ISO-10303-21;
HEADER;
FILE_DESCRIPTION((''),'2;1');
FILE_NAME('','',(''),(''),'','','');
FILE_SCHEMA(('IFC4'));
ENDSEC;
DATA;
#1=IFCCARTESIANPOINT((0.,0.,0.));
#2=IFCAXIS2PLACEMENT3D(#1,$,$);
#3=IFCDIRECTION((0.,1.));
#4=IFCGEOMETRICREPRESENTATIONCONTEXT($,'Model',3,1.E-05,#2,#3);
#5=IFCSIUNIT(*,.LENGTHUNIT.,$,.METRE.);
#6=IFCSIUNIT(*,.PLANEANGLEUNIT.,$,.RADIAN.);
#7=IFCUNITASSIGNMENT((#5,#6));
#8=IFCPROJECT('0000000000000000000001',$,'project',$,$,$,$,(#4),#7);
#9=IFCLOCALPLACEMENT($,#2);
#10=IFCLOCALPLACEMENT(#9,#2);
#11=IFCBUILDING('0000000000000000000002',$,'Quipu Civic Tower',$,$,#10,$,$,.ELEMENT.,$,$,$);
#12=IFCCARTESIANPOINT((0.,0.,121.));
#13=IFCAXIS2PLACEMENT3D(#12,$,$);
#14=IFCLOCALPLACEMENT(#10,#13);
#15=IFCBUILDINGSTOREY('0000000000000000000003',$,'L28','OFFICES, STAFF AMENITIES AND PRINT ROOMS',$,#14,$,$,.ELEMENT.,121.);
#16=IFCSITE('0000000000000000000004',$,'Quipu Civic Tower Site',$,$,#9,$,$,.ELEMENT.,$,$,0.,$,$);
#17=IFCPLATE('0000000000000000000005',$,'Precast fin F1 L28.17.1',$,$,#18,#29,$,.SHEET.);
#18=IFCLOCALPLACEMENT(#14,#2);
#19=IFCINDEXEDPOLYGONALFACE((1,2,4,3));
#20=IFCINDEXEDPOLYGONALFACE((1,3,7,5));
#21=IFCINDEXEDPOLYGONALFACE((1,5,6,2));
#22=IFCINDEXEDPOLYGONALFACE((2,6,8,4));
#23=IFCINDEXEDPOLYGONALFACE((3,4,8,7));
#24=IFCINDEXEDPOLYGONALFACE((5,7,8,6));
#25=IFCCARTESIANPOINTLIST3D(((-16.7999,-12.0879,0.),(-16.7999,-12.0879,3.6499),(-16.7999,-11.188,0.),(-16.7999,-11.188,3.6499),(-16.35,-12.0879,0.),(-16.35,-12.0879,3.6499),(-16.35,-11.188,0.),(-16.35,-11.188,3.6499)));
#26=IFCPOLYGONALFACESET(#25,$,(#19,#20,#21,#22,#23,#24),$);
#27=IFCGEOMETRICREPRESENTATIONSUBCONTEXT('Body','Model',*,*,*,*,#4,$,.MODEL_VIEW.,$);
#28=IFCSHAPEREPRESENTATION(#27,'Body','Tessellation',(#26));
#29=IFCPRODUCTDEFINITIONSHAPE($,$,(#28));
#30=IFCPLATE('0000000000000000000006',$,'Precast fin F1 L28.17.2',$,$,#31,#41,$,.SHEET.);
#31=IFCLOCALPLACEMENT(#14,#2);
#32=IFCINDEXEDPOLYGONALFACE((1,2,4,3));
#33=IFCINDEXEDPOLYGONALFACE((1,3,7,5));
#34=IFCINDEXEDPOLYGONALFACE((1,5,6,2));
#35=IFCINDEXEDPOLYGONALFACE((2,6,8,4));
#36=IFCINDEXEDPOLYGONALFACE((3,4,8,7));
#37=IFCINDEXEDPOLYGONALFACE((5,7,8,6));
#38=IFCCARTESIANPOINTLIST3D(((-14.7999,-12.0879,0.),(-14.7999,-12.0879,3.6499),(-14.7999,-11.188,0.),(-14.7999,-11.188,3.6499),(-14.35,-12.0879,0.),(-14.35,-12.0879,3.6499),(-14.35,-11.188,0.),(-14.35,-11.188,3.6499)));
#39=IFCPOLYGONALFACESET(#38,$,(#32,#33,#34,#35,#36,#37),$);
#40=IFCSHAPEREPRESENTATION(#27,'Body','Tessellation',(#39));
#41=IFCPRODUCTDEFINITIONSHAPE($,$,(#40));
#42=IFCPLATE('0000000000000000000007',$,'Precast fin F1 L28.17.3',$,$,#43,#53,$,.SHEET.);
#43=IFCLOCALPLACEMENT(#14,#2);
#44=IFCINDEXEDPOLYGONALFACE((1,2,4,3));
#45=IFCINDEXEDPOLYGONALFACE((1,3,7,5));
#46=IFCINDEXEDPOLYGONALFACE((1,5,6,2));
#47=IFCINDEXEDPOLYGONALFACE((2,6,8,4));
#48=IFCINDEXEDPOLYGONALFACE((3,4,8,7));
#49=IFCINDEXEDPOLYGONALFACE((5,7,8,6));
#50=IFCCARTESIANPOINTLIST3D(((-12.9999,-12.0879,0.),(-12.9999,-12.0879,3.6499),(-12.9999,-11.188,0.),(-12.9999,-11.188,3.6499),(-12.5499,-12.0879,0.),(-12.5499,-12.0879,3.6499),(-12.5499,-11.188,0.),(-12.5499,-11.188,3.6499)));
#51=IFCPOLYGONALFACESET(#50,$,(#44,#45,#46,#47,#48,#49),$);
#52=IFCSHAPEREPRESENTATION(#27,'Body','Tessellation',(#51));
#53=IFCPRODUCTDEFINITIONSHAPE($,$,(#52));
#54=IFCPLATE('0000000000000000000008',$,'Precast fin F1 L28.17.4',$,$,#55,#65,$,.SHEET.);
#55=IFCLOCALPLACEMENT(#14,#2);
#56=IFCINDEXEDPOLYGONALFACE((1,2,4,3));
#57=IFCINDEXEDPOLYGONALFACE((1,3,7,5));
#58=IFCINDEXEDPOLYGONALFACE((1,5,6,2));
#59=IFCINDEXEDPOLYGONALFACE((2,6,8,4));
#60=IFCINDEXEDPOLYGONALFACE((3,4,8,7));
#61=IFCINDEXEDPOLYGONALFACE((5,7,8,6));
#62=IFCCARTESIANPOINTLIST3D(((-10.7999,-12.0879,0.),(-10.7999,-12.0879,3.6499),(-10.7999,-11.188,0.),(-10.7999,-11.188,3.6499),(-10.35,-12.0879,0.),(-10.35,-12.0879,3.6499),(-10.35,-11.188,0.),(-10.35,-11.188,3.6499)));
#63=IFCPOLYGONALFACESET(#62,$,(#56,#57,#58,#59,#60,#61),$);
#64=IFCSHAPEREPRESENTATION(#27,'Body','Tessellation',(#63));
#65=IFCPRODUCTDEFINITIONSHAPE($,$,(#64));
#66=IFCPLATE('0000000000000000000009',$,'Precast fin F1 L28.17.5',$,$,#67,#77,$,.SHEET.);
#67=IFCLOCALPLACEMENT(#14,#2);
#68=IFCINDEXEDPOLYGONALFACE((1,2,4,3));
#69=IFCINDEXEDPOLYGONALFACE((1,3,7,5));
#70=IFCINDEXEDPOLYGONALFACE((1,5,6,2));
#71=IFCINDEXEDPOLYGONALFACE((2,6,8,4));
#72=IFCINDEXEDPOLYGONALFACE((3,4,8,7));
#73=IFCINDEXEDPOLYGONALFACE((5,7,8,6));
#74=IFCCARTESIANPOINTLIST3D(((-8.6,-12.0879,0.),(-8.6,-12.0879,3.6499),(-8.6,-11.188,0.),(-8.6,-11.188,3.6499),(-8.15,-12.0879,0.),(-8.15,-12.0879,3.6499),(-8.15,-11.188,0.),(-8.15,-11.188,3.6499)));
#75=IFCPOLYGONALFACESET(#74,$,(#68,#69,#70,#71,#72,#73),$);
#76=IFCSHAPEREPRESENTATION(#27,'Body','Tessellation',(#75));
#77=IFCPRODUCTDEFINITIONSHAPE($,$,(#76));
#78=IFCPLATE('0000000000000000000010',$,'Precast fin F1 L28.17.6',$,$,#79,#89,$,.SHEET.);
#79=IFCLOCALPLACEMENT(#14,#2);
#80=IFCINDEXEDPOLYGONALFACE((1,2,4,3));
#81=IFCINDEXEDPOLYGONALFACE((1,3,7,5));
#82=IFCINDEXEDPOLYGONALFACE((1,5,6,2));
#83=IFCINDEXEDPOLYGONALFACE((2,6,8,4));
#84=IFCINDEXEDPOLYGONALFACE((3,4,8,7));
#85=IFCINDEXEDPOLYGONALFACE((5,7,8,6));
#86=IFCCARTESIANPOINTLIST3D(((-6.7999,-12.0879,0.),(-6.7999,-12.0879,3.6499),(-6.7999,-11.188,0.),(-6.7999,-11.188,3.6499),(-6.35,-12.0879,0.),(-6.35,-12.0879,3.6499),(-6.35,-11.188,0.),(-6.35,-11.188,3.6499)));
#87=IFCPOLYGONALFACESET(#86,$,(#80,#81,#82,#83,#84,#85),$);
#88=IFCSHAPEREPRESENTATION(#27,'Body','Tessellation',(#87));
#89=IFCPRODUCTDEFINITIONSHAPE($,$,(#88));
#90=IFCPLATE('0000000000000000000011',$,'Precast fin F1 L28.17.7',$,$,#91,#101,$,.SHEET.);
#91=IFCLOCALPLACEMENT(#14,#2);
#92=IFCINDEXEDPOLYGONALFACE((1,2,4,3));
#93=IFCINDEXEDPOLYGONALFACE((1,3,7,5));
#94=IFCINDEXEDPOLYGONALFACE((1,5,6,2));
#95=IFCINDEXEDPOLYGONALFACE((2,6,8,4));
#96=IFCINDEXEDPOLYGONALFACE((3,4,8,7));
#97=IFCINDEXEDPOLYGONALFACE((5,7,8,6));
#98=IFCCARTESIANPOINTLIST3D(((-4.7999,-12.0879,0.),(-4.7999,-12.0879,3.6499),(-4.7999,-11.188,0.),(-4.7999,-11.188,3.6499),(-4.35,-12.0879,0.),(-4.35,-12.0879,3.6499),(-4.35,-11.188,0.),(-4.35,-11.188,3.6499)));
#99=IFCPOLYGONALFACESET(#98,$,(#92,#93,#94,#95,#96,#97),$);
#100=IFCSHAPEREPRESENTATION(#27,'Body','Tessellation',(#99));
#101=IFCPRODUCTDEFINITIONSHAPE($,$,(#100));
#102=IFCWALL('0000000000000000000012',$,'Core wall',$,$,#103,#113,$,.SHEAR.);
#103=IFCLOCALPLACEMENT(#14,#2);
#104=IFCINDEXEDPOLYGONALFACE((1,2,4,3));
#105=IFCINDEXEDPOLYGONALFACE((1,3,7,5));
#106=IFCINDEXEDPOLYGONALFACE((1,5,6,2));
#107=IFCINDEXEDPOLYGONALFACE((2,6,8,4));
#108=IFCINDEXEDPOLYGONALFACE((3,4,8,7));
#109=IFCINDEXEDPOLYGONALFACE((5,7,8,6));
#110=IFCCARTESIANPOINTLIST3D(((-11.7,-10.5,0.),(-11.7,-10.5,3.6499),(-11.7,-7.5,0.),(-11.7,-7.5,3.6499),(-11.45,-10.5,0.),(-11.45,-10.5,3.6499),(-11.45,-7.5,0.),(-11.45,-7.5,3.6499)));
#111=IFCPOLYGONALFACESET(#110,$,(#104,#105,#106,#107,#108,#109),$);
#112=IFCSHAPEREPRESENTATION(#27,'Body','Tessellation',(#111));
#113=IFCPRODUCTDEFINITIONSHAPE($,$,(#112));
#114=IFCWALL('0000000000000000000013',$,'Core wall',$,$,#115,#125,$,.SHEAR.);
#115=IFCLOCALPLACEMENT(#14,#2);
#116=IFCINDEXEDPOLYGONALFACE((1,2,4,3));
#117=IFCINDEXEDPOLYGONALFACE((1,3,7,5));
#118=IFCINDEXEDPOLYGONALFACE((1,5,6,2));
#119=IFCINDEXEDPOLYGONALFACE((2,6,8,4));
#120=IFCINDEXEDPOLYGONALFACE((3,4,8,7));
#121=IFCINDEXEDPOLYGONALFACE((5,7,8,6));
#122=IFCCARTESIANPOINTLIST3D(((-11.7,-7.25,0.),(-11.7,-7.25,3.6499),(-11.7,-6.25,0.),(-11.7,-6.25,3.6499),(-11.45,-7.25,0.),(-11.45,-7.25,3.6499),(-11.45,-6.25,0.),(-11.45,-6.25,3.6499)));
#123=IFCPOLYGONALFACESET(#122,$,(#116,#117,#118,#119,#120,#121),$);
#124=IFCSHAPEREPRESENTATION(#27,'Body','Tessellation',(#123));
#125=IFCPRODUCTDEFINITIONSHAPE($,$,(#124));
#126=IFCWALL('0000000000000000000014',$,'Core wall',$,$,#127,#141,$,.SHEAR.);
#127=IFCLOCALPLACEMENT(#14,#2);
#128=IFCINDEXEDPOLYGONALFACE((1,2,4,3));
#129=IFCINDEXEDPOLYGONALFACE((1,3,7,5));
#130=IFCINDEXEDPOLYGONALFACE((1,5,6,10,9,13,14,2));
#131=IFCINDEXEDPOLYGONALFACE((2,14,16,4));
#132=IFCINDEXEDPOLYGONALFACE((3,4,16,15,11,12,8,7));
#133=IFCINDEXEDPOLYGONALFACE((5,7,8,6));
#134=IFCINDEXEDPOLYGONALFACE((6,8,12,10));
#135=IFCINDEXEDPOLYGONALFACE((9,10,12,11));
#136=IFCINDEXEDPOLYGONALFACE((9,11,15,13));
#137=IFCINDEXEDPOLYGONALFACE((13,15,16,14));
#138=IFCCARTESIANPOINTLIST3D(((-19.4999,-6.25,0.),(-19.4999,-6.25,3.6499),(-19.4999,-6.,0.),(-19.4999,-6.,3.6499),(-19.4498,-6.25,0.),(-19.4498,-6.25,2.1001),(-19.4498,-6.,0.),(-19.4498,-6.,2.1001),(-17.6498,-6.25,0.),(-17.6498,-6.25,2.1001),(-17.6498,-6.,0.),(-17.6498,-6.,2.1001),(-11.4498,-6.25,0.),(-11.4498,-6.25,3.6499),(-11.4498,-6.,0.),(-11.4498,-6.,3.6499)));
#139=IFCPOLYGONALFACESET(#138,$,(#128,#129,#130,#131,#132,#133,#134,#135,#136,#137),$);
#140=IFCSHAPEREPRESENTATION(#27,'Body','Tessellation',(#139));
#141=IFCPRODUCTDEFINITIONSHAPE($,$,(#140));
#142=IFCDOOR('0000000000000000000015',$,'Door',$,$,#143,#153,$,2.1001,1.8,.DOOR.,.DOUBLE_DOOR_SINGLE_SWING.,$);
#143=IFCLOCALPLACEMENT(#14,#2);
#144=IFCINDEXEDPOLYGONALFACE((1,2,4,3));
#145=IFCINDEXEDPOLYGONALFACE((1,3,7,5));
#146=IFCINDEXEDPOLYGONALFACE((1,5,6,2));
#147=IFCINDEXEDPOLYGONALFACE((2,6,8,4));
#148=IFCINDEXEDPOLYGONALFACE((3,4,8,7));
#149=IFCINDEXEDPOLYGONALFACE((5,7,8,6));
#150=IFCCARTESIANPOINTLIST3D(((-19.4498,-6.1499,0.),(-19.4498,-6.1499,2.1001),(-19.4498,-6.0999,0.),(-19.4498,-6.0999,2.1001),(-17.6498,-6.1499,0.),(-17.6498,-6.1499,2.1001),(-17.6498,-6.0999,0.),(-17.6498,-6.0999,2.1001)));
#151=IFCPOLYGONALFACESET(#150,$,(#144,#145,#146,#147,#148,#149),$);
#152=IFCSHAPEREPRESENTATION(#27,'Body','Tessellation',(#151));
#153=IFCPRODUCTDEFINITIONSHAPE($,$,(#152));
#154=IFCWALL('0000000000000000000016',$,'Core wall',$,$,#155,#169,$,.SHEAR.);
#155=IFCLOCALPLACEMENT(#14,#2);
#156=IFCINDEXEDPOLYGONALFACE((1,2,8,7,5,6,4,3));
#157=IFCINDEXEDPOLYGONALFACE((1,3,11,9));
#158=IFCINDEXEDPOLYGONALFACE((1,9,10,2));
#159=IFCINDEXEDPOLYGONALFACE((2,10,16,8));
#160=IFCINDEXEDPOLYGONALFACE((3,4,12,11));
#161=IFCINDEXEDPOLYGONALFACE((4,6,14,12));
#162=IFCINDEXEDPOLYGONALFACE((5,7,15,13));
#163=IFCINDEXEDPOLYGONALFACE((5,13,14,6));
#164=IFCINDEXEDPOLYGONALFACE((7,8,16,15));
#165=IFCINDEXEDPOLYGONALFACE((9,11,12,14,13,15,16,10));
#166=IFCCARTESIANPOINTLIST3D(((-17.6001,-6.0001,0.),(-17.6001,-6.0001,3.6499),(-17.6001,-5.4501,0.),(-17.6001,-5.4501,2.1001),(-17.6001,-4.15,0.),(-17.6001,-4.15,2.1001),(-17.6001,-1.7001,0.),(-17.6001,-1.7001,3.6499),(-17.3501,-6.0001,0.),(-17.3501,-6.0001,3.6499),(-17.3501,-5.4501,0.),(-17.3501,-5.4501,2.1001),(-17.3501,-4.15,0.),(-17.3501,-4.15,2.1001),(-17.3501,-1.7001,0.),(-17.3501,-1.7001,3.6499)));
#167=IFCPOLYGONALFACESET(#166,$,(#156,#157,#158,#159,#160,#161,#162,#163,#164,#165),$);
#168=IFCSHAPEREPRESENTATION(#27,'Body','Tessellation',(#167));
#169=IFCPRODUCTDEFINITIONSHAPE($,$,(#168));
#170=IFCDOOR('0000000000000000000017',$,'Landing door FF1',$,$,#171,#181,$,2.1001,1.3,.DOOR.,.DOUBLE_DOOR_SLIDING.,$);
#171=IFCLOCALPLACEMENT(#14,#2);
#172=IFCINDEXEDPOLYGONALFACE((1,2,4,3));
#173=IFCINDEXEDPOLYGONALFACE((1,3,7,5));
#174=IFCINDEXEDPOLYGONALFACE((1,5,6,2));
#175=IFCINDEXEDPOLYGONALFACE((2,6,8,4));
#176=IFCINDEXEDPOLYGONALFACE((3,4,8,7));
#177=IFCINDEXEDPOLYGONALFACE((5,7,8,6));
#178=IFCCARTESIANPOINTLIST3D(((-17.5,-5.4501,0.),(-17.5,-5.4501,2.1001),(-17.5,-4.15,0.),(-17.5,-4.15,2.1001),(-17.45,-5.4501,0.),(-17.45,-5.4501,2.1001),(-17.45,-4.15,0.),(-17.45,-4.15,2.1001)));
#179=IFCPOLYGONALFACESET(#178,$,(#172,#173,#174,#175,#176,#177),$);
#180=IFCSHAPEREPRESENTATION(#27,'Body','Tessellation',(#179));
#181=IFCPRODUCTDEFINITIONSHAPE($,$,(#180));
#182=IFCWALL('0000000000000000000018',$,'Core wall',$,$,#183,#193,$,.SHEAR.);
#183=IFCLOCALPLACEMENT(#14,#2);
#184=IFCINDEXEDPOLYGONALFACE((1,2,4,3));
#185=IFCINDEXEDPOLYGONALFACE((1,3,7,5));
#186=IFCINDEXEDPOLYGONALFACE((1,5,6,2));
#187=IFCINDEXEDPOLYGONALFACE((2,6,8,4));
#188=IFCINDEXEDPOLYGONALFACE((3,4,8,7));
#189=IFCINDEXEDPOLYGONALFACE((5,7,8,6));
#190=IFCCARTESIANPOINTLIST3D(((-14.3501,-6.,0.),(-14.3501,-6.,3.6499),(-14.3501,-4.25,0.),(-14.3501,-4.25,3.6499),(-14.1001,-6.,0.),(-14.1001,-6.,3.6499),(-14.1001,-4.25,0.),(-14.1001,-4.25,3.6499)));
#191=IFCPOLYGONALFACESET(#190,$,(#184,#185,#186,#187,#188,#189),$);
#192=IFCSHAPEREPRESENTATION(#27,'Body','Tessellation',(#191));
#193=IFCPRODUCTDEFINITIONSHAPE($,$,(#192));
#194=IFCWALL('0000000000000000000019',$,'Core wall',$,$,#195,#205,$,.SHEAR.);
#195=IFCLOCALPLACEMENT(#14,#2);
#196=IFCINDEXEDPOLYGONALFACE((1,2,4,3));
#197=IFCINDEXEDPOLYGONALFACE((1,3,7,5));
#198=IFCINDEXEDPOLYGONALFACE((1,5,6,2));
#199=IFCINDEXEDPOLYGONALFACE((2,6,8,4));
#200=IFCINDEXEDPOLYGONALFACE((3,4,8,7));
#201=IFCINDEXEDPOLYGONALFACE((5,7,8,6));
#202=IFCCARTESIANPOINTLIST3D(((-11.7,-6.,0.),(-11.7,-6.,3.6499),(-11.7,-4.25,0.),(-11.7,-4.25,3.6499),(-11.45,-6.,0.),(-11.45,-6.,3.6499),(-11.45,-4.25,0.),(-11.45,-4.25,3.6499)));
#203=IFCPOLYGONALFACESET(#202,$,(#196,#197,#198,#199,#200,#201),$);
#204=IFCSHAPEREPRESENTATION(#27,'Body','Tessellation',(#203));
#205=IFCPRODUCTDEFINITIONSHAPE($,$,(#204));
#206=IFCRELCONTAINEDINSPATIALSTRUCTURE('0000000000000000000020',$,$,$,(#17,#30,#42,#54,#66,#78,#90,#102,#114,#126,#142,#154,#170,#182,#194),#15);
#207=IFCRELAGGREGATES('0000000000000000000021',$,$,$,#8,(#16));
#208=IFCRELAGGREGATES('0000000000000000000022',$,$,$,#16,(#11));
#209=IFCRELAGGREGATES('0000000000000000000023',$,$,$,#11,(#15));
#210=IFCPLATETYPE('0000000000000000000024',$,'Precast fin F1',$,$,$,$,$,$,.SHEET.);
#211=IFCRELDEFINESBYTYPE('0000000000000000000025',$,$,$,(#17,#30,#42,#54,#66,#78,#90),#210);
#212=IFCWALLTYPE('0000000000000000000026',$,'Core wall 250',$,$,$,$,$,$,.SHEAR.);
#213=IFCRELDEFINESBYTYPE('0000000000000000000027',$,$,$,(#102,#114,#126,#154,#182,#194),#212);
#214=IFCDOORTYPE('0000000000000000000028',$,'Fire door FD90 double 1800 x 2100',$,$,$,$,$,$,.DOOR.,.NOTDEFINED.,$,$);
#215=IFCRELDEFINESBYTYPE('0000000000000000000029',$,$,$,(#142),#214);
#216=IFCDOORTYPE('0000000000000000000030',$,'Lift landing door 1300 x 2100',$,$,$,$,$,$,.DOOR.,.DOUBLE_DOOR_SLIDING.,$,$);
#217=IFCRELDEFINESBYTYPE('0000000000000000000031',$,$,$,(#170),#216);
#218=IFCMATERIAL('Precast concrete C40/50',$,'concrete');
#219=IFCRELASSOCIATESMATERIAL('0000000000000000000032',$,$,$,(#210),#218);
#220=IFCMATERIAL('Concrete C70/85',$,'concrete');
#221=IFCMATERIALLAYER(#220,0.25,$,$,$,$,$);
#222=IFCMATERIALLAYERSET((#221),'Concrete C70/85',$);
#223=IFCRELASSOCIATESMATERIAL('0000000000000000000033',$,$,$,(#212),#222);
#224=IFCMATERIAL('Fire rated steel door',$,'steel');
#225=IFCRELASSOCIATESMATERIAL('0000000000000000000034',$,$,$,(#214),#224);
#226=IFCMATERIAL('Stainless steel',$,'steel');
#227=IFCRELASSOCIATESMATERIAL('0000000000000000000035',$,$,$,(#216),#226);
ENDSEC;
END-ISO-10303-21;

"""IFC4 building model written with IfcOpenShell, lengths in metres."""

from ifc_helpers import new_model, si_unit, direction, frame, frame_2d, origin, origin_2d, place, context, subcontext, project, spatial, rectangle, extrude, material, layer, layer_set, type_object, element, fill, save


model = new_model("IFC4")

# Units and contexts
model_context = context("Model", 3, precision=1e-05, world=origin(), true_north=direction((0.0, 1.0)))
body_context = subcontext(model_context, "Body", "Model", "MODEL_VIEW")
ifc_project = project(units=[si_unit("LENGTHUNIT", "METRE"), si_unit("PLANEANGLEUNIT", "RADIAN")], contexts=[model_context])

# Site, building, storey
site_placement = place(None, origin())
site = spatial("IfcSite", under=ifc_project, at=site_placement, Name="Quipu Civic Tower Site", CompositionType="ELEMENT", RefElevation=0.0)
building_placement = place(site_placement, origin())
building = spatial("IfcBuilding", under=site, at=building_placement, Name="Quipu Civic Tower", CompositionType="ELEMENT")
storey_placement = place(building_placement, frame((0.0, 0.0, 121.0)))
storey = spatial("IfcBuildingStorey", under=building, at=storey_placement, Name="L28", Description="OFFICES, STAFF AMENITIES AND PRINT ROOMS", CompositionType="ELEMENT", Elevation=121.0)

# Plates
ifc_material_1 = material(Name="Precast concrete C40/50", Category="concrete")
plate_type = type_object("IfcPlateType", Name="Precast fin F1", PredefinedType="SHEET", material=ifc_material_1)
for number, where, z_axis, x_axis, name in (
    (1, (-16.575, -11.6379, 0.0), (0.0, 0.0, 1.0), (1.0, 0.0, 0.0), "Precast fin F1 L28.17.1"),
    (2, (-14.575, -11.6379, 0.0), (0.0, 0.0, 1.0), (1.0, 0.0, 0.0), "Precast fin F1 L28.17.2"),
    (3, (-12.7749, -11.6379, 0.0), (0.0, 0.0, 1.0), (1.0, 0.0, 0.0), "Precast fin F1 L28.17.3"),
    (4, (-10.575, -11.6379, 0.0), (0.0, 0.0, 1.0), (1.0, 0.0, 0.0), "Precast fin F1 L28.17.4"),
    (5, (-8.375, -11.6379, 0.0), (0.0, 0.0, 1.0), (1.0, 0.0, 0.0), "Precast fin F1 L28.17.5"),
    (6, (-6.575, -11.6379, 0.0), (0.0, 0.0, 1.0), (1.0, 0.0, 0.0), "Precast fin F1 L28.17.6"),
    (7, (-4.575, -11.6379, 0.0), (0.0, 0.0, 1.0), (1.0, 0.0, 0.0), "Precast fin F1 L28.17.7"),
):
    element("IfcPlate", number, at=place(storey_placement, frame(where, z_axis=z_axis, x_axis=x_axis)), inside=storey, type_object=plate_type, Name=name, PredefinedType="SHEET", context=body_context, shape_type="SweptSolid", body=[
        extrude(rectangle(XDim=0.45, YDim=0.8999, at=origin_2d()), origin(), (0.0, 0.0, 1.0), 3.6499),
    ])

# Walls
ifc_material_2 = material(Name="Concrete C70/85", Category="concrete")
ifc_layer_1 = layer(ifc_material_2, 0.25)
ifc_layer_set_1 = layer_set([ifc_layer_1], Name="Concrete C70/85")
wall_type_1 = type_object("IfcWallType", Name="Core wall 250", PredefinedType="SHEAR", material=ifc_layer_set_1)
wall_1_placement = place(storey_placement, frame((-11.575, -10.5, 0.0), z_axis=(0.0, 0.0, 1.0), x_axis=(0.0, 1.0, 0.0)))
element("IfcWall", 8, at=wall_1_placement, inside=storey, type_object=wall_type_1, Name="Core wall", PredefinedType="SHEAR", context=body_context, shape_type="SweptSolid", body=[
    extrude(rectangle(XDim=3.0, YDim=0.25, at=frame_2d((1.5, 0.0))), origin(), (0.0, 0.0, 1.0), 3.6499),
])
wall_2_placement = place(storey_placement, frame((-11.575, -7.25, 0.0), z_axis=(0.0, 0.0, 1.0), x_axis=(0.0, 1.0, 0.0)))
element("IfcWall", 9, at=wall_2_placement, inside=storey, type_object=wall_type_1, Name="Core wall", PredefinedType="SHEAR", context=body_context, shape_type="SweptSolid", body=[
    extrude(rectangle(XDim=1.0, YDim=0.25, at=frame_2d((0.5, 0.0))), origin(), (0.0, 0.0, 1.0), 3.6499),
])

# Walls, openings, doors
wall_3_placement = place(storey_placement, frame((-11.45, -6.125, 0.0), z_axis=(0.0, 0.0, 1.0), x_axis=(-1.0, 0.0, 0.0)))
wall_3 = element("IfcWall", 10, at=wall_3_placement, inside=storey, type_object=wall_type_1, Name="Core wall", PredefinedType="SHEAR", context=body_context, shape_type="SweptSolid", body=[
    extrude(rectangle(XDim=8.05, YDim=0.25, at=frame_2d((4.0249, 0.0))), origin(), (0.0, 0.0, 1.0), 3.6499),
])
opening_1_placement = place(wall_3_placement, frame((6.2, 0.0, 0.0)))
opening_1 = element("IfcOpeningElement", 11, at=opening_1_placement, cuts=wall_3, PredefinedType="OPENING", context=body_context, shape_type="SweptSolid", body=[
    extrude(rectangle(XDim=1.8, YDim=2.1001, at=frame_2d((0.8999, 1.05))), frame((0.0, 0.135, 0.0), z_axis=(0.0, -1.0, 0.0), x_axis=(1.0, 0.0, 0.0)), (0.0, 0.0, 1.0), 0.27),
])
ifc_material_3 = material(Name="Fire rated steel door", Category="steel")
door_type_1 = type_object("IfcDoorType", Name="Fire door FD90 double 1800 x 2100", OperationType="NOTDEFINED", PredefinedType="DOOR", material=ifc_material_3)
door_1_placement = place(opening_1_placement, origin())
door_1 = element("IfcDoor", 12, at=door_1_placement, inside=storey, type_object=door_type_1, Name="Door", OperationType="DOUBLE_DOOR_SINGLE_SWING", OverallHeight=2.1001, OverallWidth=1.8, PredefinedType="DOOR", context=body_context, shape_type="SweptSolid", body=[
    extrude(rectangle(XDim=1.8, YDim=2.1001, at=frame_2d((0.8999, 1.05))), frame((0.0, 0.0249, 0.0), z_axis=(0.0, -1.0, 0.0), x_axis=(1.0, 0.0, 0.0)), (0.0, 0.0, 1.0), 0.05),
])
fill(opening_1, door_1)
wall_4_placement = place(storey_placement, frame((-17.4751, -6.0, 0.0), z_axis=(0.0, 0.0, 1.0), x_axis=(0.0, 1.0, 0.0)))
wall_4 = element("IfcWall", 13, at=wall_4_placement, inside=storey, type_object=wall_type_1, Name="Core wall", PredefinedType="SHEAR", context=body_context, shape_type="SweptSolid", body=[
    extrude(rectangle(XDim=4.3, YDim=0.25, at=frame_2d((2.1499, 0.0))), origin(), (0.0, 0.0, 1.0), 3.6499),
])
opening_2_placement = place(wall_4_placement, frame((0.55, 0.0, 0.0)))
opening_2 = element("IfcOpeningElement", 14, at=opening_2_placement, cuts=wall_4, PredefinedType="OPENING", context=body_context, shape_type="SweptSolid", body=[
    extrude(rectangle(XDim=1.3, YDim=2.1001, at=frame_2d((0.6499, 1.05))), frame((0.0, 0.135, 0.0), z_axis=(0.0, -1.0, 0.0), x_axis=(1.0, 0.0, 0.0)), (0.0, 0.0, 1.0), 0.27),
])
ifc_material_4 = material(Name="Stainless steel", Category="steel")
door_type_2 = type_object("IfcDoorType", Name="Lift landing door 1300 x 2100", OperationType="DOUBLE_DOOR_SLIDING", PredefinedType="DOOR", material=ifc_material_4)
door_2_placement = place(opening_2_placement, origin())
door_2 = element("IfcDoor", 15, at=door_2_placement, inside=storey, type_object=door_type_2, Name="Landing door FF1", OperationType="DOUBLE_DOOR_SLIDING", OverallHeight=2.1001, OverallWidth=1.3, PredefinedType="DOOR", context=body_context, shape_type="SweptSolid", body=[
    extrude(rectangle(XDim=1.3, YDim=2.1001, at=frame_2d((0.6499, 1.05))), frame((0.0, 0.0249, 0.0), z_axis=(0.0, -1.0, 0.0), x_axis=(1.0, 0.0, 0.0)), (0.0, 0.0, 1.0), 0.05),
])
fill(opening_2, door_2)

# Walls
for number, where, z_axis, x_axis, name in (
    (16, (-14.2251, -6.0, 0.0), (0.0, 0.0, 1.0), (0.0, 1.0, 0.0), "Core wall"),
    (17, (-11.575, -6.0, 0.0), (0.0, 0.0, 1.0), (0.0, 1.0, 0.0), "Core wall"),
):
    element("IfcWall", number, at=place(storey_placement, frame(where, z_axis=z_axis, x_axis=x_axis)), inside=storey, type_object=wall_type_1, Name=name, PredefinedType="SHEAR", context=body_context, shape_type="SweptSolid", body=[
        extrude(rectangle(XDim=1.75, YDim=0.25, at=frame_2d((0.875, 0.0))), origin(), (0.0, 0.0, 1.0), 3.6499),
    ])

save(model, "model.ifc")
